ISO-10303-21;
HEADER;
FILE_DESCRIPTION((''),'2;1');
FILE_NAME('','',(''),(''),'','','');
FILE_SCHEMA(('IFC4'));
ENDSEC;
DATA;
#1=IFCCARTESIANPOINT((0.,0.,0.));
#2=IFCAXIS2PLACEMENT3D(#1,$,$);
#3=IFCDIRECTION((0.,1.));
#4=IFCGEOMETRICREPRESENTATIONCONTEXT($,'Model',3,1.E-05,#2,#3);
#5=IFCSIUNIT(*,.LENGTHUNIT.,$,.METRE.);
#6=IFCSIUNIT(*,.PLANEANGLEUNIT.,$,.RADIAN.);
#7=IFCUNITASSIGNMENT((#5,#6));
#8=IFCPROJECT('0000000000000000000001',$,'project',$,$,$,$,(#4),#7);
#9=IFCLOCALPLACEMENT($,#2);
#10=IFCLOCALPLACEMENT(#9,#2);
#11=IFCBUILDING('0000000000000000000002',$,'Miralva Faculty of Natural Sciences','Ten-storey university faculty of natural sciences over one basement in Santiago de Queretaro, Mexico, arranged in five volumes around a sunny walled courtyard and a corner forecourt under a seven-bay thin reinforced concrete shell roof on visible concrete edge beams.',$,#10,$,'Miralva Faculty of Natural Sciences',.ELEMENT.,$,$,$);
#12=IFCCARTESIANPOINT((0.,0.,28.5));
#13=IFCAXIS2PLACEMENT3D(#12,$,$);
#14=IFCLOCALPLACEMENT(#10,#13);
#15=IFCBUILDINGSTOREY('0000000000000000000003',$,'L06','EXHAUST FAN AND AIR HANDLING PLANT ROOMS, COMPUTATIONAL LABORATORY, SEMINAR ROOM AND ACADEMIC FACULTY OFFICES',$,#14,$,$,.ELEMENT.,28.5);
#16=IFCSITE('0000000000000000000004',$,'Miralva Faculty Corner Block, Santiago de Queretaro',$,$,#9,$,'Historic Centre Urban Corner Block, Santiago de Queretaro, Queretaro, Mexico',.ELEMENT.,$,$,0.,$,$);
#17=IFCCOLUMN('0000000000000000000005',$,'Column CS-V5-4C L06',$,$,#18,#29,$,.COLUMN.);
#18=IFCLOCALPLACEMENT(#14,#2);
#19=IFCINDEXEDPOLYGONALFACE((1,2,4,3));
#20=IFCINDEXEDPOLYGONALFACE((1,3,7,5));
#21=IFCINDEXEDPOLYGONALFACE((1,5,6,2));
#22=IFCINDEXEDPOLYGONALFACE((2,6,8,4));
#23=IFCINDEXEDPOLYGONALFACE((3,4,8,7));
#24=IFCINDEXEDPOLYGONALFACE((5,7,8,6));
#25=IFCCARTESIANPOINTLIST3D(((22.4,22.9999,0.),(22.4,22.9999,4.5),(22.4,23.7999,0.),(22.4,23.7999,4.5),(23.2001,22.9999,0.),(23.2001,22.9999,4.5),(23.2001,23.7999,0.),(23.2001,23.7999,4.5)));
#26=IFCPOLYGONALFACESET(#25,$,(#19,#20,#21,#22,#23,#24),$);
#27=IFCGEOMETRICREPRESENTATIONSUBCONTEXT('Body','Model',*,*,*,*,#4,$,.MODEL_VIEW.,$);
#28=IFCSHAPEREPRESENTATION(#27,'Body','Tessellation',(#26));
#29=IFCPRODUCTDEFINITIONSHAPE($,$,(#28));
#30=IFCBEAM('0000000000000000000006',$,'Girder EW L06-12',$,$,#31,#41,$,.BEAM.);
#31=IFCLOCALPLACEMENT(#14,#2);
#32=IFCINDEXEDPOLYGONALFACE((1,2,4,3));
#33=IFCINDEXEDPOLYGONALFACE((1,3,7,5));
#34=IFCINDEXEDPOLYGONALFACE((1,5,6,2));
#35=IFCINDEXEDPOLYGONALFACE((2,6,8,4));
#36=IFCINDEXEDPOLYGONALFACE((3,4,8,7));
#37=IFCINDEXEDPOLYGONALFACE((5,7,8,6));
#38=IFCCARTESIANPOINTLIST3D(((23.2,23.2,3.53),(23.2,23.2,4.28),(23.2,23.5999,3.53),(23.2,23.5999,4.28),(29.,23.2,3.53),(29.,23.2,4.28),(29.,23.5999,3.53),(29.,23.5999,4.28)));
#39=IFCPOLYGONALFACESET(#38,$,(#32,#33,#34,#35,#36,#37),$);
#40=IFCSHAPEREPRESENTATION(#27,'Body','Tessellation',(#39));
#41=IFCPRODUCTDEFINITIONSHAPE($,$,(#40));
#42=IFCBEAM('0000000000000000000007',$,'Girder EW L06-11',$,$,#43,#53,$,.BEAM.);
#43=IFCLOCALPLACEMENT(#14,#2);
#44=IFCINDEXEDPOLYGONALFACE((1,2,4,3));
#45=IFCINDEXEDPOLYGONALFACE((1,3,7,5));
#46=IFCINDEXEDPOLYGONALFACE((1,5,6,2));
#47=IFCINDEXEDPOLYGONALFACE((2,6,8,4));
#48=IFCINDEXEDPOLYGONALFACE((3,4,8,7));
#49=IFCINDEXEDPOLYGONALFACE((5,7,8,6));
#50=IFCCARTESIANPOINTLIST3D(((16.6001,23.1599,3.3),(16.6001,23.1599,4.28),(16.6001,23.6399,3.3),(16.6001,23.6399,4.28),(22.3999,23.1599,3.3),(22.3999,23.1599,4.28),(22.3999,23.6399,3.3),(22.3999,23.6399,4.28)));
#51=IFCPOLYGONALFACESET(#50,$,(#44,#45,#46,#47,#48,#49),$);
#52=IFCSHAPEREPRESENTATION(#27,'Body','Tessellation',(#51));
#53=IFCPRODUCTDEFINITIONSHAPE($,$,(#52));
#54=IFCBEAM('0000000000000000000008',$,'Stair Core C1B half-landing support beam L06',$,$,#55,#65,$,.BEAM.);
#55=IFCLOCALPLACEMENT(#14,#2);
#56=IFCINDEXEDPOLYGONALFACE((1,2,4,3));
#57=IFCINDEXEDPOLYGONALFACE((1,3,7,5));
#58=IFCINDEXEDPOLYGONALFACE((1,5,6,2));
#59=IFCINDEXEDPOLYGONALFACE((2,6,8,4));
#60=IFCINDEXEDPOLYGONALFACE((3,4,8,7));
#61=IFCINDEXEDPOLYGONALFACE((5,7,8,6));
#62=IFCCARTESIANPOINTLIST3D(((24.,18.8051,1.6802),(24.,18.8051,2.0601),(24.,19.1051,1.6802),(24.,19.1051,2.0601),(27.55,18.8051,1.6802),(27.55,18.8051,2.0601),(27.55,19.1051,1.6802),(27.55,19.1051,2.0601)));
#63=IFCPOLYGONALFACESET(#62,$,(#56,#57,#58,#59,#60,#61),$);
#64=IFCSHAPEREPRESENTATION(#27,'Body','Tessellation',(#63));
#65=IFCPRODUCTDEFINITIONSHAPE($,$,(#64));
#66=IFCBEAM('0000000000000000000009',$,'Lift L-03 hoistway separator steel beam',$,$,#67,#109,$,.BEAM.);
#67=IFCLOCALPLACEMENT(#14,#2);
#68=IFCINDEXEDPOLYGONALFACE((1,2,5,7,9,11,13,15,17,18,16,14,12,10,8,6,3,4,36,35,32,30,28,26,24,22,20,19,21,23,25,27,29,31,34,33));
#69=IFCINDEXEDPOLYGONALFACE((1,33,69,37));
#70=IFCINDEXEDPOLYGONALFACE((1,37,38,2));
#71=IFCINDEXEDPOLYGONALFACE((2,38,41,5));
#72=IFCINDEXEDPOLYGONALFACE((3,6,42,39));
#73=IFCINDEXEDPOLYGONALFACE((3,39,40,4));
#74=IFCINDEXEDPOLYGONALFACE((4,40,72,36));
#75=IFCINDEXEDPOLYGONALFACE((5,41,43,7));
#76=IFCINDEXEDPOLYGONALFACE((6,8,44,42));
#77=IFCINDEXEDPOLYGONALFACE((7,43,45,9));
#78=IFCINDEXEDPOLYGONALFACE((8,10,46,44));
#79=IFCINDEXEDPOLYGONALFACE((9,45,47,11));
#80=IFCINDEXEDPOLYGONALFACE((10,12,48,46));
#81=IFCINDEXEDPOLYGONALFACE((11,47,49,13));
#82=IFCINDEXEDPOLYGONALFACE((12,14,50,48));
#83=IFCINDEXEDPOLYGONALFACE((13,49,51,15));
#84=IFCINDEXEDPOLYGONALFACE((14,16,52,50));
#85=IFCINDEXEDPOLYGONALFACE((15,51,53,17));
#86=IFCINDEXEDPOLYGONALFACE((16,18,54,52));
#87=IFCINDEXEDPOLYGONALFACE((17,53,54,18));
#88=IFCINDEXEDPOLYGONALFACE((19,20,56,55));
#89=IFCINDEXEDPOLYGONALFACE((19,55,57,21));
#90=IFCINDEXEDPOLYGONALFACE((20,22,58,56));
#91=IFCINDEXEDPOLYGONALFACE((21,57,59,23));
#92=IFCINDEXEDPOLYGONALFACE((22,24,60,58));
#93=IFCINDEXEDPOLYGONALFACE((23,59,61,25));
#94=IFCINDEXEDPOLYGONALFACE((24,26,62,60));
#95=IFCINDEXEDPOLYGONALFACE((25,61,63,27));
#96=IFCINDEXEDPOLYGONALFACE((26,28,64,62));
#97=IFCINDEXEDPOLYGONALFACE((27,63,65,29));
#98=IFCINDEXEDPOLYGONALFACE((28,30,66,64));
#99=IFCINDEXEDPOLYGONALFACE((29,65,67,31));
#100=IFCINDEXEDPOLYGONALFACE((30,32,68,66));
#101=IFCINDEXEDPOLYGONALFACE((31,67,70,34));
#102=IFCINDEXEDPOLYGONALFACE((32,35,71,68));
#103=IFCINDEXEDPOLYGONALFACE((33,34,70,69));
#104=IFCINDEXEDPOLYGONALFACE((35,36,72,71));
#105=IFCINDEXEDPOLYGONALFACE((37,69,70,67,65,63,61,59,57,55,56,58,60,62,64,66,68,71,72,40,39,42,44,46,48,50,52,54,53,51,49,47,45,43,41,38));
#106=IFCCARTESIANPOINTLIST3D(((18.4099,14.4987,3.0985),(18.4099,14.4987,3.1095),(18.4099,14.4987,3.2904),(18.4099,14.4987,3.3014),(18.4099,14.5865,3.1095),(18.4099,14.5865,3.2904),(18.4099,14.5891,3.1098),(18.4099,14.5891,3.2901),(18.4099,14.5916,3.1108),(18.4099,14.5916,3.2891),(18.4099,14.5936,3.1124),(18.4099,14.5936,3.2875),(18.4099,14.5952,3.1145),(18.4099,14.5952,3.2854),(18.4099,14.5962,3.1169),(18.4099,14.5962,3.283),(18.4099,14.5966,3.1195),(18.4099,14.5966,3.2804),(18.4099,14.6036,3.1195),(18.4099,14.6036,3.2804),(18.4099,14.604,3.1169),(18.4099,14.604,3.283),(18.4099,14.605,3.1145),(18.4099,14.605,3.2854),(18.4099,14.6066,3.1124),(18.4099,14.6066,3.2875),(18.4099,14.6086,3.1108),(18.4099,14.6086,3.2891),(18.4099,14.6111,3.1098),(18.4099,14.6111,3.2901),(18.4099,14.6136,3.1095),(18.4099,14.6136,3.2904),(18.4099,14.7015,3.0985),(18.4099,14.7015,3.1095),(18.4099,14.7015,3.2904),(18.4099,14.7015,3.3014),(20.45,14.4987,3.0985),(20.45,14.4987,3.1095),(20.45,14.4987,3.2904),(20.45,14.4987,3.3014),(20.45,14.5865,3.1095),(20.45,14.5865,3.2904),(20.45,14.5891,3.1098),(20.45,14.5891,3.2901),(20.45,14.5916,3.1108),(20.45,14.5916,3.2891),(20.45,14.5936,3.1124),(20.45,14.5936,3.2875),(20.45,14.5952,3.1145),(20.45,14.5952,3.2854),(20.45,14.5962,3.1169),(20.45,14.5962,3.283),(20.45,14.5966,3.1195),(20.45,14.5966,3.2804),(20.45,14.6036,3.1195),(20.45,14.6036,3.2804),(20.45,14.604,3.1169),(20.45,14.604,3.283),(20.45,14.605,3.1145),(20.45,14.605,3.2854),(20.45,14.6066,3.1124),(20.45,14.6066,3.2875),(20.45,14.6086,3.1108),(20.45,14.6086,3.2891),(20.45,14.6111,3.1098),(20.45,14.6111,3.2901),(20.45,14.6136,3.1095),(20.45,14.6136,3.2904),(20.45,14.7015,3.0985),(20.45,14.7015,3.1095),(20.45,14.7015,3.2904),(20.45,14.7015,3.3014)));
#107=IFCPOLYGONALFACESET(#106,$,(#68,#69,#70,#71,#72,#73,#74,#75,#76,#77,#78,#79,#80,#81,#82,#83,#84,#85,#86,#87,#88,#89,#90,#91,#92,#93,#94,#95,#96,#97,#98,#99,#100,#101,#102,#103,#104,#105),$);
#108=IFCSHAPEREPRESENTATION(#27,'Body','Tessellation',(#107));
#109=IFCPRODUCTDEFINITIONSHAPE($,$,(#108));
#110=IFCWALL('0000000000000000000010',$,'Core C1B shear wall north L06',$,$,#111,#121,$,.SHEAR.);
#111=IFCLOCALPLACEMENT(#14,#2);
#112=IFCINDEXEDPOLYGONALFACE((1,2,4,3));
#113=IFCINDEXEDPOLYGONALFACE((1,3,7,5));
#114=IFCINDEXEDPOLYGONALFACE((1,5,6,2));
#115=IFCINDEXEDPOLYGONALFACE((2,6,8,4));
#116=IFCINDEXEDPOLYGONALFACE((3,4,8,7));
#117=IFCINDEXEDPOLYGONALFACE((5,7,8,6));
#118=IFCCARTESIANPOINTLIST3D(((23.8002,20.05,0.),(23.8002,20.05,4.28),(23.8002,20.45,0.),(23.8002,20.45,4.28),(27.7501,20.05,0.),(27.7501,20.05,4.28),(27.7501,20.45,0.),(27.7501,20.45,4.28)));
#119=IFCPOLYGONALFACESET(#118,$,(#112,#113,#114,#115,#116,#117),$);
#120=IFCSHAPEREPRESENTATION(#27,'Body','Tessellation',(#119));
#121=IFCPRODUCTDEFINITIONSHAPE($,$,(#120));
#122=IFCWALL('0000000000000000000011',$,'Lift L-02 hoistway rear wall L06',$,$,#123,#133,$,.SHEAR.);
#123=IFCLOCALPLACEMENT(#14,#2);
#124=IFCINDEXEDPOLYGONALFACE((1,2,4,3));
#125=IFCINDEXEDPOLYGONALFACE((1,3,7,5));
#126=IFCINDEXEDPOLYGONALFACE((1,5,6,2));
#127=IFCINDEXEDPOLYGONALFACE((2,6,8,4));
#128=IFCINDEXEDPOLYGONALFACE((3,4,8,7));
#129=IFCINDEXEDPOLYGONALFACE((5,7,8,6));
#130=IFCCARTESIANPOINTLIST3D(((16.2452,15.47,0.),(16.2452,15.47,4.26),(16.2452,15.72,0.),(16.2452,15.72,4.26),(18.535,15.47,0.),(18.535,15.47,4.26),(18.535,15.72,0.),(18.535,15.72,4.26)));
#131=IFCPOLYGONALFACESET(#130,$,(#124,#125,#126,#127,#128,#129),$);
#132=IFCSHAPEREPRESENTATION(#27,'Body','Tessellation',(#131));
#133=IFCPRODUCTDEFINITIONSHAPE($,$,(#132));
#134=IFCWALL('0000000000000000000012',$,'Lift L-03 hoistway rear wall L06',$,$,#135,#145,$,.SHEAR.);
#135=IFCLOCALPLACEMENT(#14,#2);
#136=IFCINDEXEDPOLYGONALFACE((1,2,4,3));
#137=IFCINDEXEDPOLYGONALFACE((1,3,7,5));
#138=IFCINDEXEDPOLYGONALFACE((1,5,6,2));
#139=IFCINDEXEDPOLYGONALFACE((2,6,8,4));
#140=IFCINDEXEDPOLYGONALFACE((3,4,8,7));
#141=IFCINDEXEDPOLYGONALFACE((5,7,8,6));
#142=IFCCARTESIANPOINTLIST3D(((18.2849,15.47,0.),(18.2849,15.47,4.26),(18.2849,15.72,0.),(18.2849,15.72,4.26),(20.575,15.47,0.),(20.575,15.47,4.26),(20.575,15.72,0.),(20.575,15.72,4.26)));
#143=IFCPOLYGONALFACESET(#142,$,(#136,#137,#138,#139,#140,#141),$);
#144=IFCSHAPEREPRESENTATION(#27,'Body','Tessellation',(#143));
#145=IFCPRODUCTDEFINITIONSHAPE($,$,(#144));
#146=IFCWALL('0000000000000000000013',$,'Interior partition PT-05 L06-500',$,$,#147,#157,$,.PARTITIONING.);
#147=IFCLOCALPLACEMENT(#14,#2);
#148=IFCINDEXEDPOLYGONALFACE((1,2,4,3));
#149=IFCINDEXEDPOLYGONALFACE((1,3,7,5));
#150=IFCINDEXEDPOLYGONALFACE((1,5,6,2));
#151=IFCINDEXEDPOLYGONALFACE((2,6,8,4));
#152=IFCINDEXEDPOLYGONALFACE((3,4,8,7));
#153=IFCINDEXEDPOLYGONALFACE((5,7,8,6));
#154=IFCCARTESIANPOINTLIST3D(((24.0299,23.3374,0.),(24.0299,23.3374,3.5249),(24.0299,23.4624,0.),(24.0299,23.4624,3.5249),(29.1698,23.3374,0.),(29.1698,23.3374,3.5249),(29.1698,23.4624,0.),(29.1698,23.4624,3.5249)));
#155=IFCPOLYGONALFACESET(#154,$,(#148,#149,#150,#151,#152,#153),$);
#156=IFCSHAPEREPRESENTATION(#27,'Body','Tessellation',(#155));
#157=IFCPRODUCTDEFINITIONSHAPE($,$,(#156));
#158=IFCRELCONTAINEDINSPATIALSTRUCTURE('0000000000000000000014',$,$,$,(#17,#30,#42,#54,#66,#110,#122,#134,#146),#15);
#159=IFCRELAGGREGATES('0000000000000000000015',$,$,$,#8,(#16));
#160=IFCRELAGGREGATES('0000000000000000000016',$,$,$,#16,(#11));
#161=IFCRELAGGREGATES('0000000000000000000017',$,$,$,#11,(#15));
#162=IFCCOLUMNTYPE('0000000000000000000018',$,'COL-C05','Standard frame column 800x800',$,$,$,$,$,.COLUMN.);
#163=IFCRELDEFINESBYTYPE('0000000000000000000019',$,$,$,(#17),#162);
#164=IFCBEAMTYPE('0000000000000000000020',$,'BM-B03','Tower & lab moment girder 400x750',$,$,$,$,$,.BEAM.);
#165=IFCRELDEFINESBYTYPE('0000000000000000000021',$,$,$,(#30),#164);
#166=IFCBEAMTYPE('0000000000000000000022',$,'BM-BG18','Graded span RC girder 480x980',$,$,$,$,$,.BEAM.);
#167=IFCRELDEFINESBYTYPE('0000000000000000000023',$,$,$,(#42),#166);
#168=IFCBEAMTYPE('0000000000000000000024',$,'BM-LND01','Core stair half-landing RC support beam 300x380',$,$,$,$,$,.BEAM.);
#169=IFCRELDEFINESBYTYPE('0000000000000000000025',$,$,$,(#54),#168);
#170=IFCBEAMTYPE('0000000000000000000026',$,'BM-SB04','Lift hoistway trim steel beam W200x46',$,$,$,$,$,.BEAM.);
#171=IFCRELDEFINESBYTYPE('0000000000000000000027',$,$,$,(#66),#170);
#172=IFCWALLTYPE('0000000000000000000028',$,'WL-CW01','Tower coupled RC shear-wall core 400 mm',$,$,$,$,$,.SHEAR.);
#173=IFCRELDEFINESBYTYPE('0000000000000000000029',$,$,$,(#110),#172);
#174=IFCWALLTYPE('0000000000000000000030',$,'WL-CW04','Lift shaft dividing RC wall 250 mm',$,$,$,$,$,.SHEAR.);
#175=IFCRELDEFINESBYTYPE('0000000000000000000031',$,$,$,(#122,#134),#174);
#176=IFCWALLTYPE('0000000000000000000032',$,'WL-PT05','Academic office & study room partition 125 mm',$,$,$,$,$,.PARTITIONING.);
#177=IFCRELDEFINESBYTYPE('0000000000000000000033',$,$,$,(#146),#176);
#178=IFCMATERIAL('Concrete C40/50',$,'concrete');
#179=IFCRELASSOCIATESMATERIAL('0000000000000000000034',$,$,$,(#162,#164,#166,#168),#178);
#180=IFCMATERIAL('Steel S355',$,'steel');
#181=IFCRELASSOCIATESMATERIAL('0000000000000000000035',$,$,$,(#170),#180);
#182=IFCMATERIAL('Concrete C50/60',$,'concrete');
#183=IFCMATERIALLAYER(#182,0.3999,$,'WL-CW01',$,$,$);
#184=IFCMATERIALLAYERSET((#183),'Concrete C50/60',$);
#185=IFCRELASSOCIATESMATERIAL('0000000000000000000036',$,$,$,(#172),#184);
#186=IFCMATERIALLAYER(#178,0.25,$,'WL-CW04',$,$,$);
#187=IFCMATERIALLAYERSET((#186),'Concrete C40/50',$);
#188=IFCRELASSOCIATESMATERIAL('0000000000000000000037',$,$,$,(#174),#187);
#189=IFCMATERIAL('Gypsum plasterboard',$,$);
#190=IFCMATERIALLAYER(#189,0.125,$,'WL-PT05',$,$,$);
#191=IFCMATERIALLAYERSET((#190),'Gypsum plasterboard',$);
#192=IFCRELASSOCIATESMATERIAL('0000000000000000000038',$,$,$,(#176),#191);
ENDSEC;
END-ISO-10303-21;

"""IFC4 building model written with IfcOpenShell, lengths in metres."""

from ifc_helpers import new_model, si_unit, direction, frame, frame_2d, origin, origin_2d, place, context, subcontext, project, spatial, rectangle, i_section, extrude, material, layer, layer_set, material_profile, profile_set, type_object, element, save


model = new_model("IFC4")

# Units and contexts
model_context = context("Model", 3, precision=1e-05, world=origin(), true_north=direction((0.0, 1.0)))
body_context = subcontext(model_context, "Body", "Model", "MODEL_VIEW")
ifc_project = project(units=[si_unit("LENGTHUNIT", "METRE"), si_unit("PLANEANGLEUNIT", "RADIAN")], contexts=[model_context])

# Site, building, storey
site_placement = place(None, origin())
site = spatial("IfcSite", under=ifc_project, at=site_placement, Name="Miralva Faculty Corner Block, Santiago de Queretaro", LongName="Historic Centre Urban Corner Block, Santiago de Queretaro, Queretaro, Mexico", CompositionType="ELEMENT", RefElevation=0.0)
building_placement = place(site_placement, origin())
building = spatial("IfcBuilding", under=site, at=building_placement, Name="Miralva Faculty of Natural Sciences", Description="Ten-storey university faculty of natural sciences over one basement in Santiago de Queretaro, Mexico, arranged in five volumes around a sunny walled courtyard and a corner forecourt under a seven-bay thin reinforced concrete shell roof on visible concrete edge beams.", LongName="Miralva Faculty of Natural Sciences", CompositionType="ELEMENT")
storey_placement = place(building_placement, frame((0.0, 0.0, 28.5)))
storey = spatial("IfcBuildingStorey", under=building, at=storey_placement, Name="L06", Description="EXHAUST FAN AND AIR HANDLING PLANT ROOMS, COMPUTATIONAL LABORATORY, SEMINAR ROOM AND ACADEMIC FACULTY OFFICES", CompositionType="ELEMENT", Elevation=28.5)

# Column
ifc_material_1 = material(Name="Concrete C40/50", Category="concrete")
ifc_material_profile_1 = material_profile(ifc_material_1, rectangle(XDim=0.8, YDim=0.8, at=origin_2d()), Name="RC 800x800")
ifc_profile_set_1 = profile_set([ifc_material_profile_1], Name="Concrete C40/50")
column_type = type_object("IfcColumnType", Name="COL-C05", Description="Standard frame column 800x800", PredefinedType="COLUMN", material=ifc_profile_set_1)
column_placement = place(storey_placement, frame((22.8, 23.3999, 0.0), z_axis=(0.0, 0.0, 1.0), x_axis=(1.0, 0.0, 0.0)))
element("IfcColumn", 1, at=column_placement, inside=storey, type_object=column_type, Name="Column CS-V5-4C L06", PredefinedType="COLUMN", context=body_context, shape_type="SweptSolid", body=[
    extrude(rectangle(XDim=0.8, YDim=0.8, at=origin_2d()), origin(), (0.0, 0.0, 1.0), 4.5),
])

# Beams
ifc_material_profile_2 = material_profile(ifc_material_1, rectangle(XDim=0.3999, YDim=0.75, at=origin_2d()), Name="RC 400x750")
ifc_profile_set_2 = profile_set([ifc_material_profile_2], Name="Concrete C40/50")
beam_type_1 = type_object("IfcBeamType", Name="BM-B03", Description="Tower & lab moment girder 400x750", PredefinedType="BEAM", material=ifc_profile_set_2)
beam_1_placement = place(storey_placement, frame((23.2, 23.3999, 3.905), z_axis=(1.0, 0.0, 0.0), x_axis=(0.0, 1.0, 0.0)))
element("IfcBeam", 2, at=beam_1_placement, inside=storey, type_object=beam_type_1, Name="Girder EW L06-12", PredefinedType="BEAM", context=body_context, shape_type="SweptSolid", body=[
    extrude(rectangle(XDim=0.3999, YDim=0.75, at=origin_2d()), origin(), (0.0, 0.0, 1.0), 5.8),
])
ifc_material_profile_3 = material_profile(ifc_material_1, rectangle(XDim=0.48, YDim=0.98, at=origin_2d()), Name="RC 480x980")
ifc_profile_set_3 = profile_set([ifc_material_profile_3], Name="Concrete C40/50")
beam_type_2 = type_object("IfcBeamType", Name="BM-BG18", Description="Graded span RC girder 480x980", PredefinedType="BEAM", material=ifc_profile_set_3)
beam_2_placement = place(storey_placement, frame((16.6001, 23.3999, 3.79), z_axis=(1.0, 0.0, 0.0), x_axis=(0.0, 1.0, 0.0)))
element("IfcBeam", 3, at=beam_2_placement, inside=storey, type_object=beam_type_2, Name="Girder EW L06-11", PredefinedType="BEAM", context=body_context, shape_type="SweptSolid", body=[
    extrude(rectangle(XDim=0.48, YDim=0.98, at=origin_2d()), origin(), (0.0, 0.0, 1.0), 5.7998),
])
ifc_material_profile_4 = material_profile(ifc_material_1, rectangle(XDim=0.3, YDim=0.3799, at=origin_2d()), Name="RC 300x380")
ifc_profile_set_4 = profile_set([ifc_material_profile_4], Name="Concrete C40/50")
beam_type_3 = type_object("IfcBeamType", Name="BM-LND01", Description="Core stair half-landing RC support beam 300x380", PredefinedType="BEAM", material=ifc_profile_set_4)
beam_3_placement = place(storey_placement, frame((24.0, 18.9551, 1.8701), z_axis=(1.0, 0.0, 0.0), x_axis=(0.0, 1.0, 0.0)))
element("IfcBeam", 4, at=beam_3_placement, inside=storey, type_object=beam_type_3, Name="Stair Core C1B half-landing support beam L06", PredefinedType="BEAM", context=body_context, shape_type="SweptSolid", body=[
    extrude(rectangle(XDim=0.3, YDim=0.3799, at=origin_2d()), origin(), (0.0, 0.0, 1.0), 3.55),
])
ifc_material_2 = material(Name="Steel S355", Category="steel")
ifc_material_profile_5 = material_profile(ifc_material_2, i_section(OverallWidth=0.2029, OverallDepth=0.2029, WebThickness=0.0071, FlangeThickness=0.011, FilletRadius=0.01, at=origin_2d()), Name="W200x46")
ifc_profile_set_5 = profile_set([ifc_material_profile_5], Name="Steel S355")
beam_type_4 = type_object("IfcBeamType", Name="BM-SB04", Description="Lift hoistway trim steel beam W200x46", PredefinedType="BEAM", material=ifc_profile_set_5)
beam_4_placement = place(storey_placement, frame((18.4099, 14.6001, 3.2), z_axis=(1.0, 0.0, 0.0), x_axis=(0.0, 1.0, 0.0)))
element("IfcBeam", 5, at=beam_4_placement, inside=storey, type_object=beam_type_4, Name="Lift L-03 hoistway separator steel beam", PredefinedType="BEAM", context=body_context, shape_type="SweptSolid", body=[
    extrude(i_section(OverallWidth=0.2029, OverallDepth=0.2029, WebThickness=0.0071, FlangeThickness=0.011, FilletRadius=0.01, at=origin_2d()), origin(), (0.0, 0.0, 1.0), 2.04),
])

# Walls
ifc_material_3 = material(Name="Concrete C50/60", Category="concrete")
ifc_layer_1 = layer(ifc_material_3, 0.3999, Name="WL-CW01")
ifc_layer_set_1 = layer_set([ifc_layer_1], Name="Concrete C50/60")
wall_type_1 = type_object("IfcWallType", Name="WL-CW01", Description="Tower coupled RC shear-wall core 400 mm", PredefinedType="SHEAR", material=ifc_layer_set_1)
wall_1_placement = place(storey_placement, frame((23.8, 20.25, 0.0), z_axis=(0.0, 0.0, 1.0), x_axis=(1.0, 0.0, 0.0)))
element("IfcWall", 6, at=wall_1_placement, inside=storey, type_object=wall_type_1, Name="Core C1B shear wall north L06", PredefinedType="SHEAR", context=body_context, shape_type="SweptSolid", body=[
    extrude(rectangle(XDim=3.95, YDim=0.3999, at=frame_2d((1.9751, 0.0))), origin(), (0.0, 0.0, 1.0), 4.28),
])
ifc_layer_2 = layer(ifc_material_1, 0.25, Name="WL-CW04")
ifc_layer_set_2 = layer_set([ifc_layer_2], Name="Concrete C40/50")
wall_type_2 = type_object("IfcWallType", Name="WL-CW04", Description="Lift shaft dividing RC wall 250 mm", PredefinedType="SHEAR", material=ifc_layer_set_2)
wall_2_placement = place(storey_placement, frame((16.2451, 15.595, 0.0), z_axis=(0.0, 0.0, 1.0), x_axis=(1.0, 0.0, 0.0)))
element("IfcWall", 7, at=wall_2_placement, inside=storey, type_object=wall_type_2, Name="Lift L-02 hoistway rear wall L06", PredefinedType="SHEAR", context=body_context, shape_type="SweptSolid", body=[
    extrude(rectangle(XDim=2.2898, YDim=0.25, at=frame_2d((1.145, 0.0))), origin(), (0.0, 0.0, 1.0), 4.26),
])
wall_3_placement = place(storey_placement, frame((18.2849, 15.595, 0.0), z_axis=(0.0, 0.0, 1.0), x_axis=(1.0, 0.0, 0.0)))
element("IfcWall", 8, at=wall_3_placement, inside=storey, type_object=wall_type_2, Name="Lift L-03 hoistway rear wall L06", PredefinedType="SHEAR", context=body_context, shape_type="SweptSolid", body=[
    extrude(rectangle(XDim=2.29, YDim=0.25, at=frame_2d((1.145, 0.0))), origin(), (0.0, 0.0, 1.0), 4.26),
])
ifc_material_4 = material(Name="Gypsum plasterboard")
ifc_layer_3 = layer(ifc_material_4, 0.125, Name="WL-PT05")
ifc_layer_set_3 = layer_set([ifc_layer_3], Name="Gypsum plasterboard")
wall_type_3 = type_object("IfcWallType", Name="WL-PT05", Description="Academic office & study room partition 125 mm", PredefinedType="PARTITIONING", material=ifc_layer_set_3)
wall_4_placement = place(storey_placement, frame((24.03, 23.3999, 0.0), z_axis=(0.0, 0.0, 1.0), x_axis=(1.0, 0.0, 0.0)))
element("IfcWall", 9, at=wall_4_placement, inside=storey, type_object=wall_type_3, Name="Interior partition PT-05 L06-500", PredefinedType="PARTITIONING", context=body_context, shape_type="SweptSolid", body=[
    extrude(rectangle(XDim=5.1399, YDim=0.125, at=frame_2d((2.5698, 0.0))), origin(), (0.0, 0.0, 1.0), 3.5249),
])

save(model, "model.ifc")
